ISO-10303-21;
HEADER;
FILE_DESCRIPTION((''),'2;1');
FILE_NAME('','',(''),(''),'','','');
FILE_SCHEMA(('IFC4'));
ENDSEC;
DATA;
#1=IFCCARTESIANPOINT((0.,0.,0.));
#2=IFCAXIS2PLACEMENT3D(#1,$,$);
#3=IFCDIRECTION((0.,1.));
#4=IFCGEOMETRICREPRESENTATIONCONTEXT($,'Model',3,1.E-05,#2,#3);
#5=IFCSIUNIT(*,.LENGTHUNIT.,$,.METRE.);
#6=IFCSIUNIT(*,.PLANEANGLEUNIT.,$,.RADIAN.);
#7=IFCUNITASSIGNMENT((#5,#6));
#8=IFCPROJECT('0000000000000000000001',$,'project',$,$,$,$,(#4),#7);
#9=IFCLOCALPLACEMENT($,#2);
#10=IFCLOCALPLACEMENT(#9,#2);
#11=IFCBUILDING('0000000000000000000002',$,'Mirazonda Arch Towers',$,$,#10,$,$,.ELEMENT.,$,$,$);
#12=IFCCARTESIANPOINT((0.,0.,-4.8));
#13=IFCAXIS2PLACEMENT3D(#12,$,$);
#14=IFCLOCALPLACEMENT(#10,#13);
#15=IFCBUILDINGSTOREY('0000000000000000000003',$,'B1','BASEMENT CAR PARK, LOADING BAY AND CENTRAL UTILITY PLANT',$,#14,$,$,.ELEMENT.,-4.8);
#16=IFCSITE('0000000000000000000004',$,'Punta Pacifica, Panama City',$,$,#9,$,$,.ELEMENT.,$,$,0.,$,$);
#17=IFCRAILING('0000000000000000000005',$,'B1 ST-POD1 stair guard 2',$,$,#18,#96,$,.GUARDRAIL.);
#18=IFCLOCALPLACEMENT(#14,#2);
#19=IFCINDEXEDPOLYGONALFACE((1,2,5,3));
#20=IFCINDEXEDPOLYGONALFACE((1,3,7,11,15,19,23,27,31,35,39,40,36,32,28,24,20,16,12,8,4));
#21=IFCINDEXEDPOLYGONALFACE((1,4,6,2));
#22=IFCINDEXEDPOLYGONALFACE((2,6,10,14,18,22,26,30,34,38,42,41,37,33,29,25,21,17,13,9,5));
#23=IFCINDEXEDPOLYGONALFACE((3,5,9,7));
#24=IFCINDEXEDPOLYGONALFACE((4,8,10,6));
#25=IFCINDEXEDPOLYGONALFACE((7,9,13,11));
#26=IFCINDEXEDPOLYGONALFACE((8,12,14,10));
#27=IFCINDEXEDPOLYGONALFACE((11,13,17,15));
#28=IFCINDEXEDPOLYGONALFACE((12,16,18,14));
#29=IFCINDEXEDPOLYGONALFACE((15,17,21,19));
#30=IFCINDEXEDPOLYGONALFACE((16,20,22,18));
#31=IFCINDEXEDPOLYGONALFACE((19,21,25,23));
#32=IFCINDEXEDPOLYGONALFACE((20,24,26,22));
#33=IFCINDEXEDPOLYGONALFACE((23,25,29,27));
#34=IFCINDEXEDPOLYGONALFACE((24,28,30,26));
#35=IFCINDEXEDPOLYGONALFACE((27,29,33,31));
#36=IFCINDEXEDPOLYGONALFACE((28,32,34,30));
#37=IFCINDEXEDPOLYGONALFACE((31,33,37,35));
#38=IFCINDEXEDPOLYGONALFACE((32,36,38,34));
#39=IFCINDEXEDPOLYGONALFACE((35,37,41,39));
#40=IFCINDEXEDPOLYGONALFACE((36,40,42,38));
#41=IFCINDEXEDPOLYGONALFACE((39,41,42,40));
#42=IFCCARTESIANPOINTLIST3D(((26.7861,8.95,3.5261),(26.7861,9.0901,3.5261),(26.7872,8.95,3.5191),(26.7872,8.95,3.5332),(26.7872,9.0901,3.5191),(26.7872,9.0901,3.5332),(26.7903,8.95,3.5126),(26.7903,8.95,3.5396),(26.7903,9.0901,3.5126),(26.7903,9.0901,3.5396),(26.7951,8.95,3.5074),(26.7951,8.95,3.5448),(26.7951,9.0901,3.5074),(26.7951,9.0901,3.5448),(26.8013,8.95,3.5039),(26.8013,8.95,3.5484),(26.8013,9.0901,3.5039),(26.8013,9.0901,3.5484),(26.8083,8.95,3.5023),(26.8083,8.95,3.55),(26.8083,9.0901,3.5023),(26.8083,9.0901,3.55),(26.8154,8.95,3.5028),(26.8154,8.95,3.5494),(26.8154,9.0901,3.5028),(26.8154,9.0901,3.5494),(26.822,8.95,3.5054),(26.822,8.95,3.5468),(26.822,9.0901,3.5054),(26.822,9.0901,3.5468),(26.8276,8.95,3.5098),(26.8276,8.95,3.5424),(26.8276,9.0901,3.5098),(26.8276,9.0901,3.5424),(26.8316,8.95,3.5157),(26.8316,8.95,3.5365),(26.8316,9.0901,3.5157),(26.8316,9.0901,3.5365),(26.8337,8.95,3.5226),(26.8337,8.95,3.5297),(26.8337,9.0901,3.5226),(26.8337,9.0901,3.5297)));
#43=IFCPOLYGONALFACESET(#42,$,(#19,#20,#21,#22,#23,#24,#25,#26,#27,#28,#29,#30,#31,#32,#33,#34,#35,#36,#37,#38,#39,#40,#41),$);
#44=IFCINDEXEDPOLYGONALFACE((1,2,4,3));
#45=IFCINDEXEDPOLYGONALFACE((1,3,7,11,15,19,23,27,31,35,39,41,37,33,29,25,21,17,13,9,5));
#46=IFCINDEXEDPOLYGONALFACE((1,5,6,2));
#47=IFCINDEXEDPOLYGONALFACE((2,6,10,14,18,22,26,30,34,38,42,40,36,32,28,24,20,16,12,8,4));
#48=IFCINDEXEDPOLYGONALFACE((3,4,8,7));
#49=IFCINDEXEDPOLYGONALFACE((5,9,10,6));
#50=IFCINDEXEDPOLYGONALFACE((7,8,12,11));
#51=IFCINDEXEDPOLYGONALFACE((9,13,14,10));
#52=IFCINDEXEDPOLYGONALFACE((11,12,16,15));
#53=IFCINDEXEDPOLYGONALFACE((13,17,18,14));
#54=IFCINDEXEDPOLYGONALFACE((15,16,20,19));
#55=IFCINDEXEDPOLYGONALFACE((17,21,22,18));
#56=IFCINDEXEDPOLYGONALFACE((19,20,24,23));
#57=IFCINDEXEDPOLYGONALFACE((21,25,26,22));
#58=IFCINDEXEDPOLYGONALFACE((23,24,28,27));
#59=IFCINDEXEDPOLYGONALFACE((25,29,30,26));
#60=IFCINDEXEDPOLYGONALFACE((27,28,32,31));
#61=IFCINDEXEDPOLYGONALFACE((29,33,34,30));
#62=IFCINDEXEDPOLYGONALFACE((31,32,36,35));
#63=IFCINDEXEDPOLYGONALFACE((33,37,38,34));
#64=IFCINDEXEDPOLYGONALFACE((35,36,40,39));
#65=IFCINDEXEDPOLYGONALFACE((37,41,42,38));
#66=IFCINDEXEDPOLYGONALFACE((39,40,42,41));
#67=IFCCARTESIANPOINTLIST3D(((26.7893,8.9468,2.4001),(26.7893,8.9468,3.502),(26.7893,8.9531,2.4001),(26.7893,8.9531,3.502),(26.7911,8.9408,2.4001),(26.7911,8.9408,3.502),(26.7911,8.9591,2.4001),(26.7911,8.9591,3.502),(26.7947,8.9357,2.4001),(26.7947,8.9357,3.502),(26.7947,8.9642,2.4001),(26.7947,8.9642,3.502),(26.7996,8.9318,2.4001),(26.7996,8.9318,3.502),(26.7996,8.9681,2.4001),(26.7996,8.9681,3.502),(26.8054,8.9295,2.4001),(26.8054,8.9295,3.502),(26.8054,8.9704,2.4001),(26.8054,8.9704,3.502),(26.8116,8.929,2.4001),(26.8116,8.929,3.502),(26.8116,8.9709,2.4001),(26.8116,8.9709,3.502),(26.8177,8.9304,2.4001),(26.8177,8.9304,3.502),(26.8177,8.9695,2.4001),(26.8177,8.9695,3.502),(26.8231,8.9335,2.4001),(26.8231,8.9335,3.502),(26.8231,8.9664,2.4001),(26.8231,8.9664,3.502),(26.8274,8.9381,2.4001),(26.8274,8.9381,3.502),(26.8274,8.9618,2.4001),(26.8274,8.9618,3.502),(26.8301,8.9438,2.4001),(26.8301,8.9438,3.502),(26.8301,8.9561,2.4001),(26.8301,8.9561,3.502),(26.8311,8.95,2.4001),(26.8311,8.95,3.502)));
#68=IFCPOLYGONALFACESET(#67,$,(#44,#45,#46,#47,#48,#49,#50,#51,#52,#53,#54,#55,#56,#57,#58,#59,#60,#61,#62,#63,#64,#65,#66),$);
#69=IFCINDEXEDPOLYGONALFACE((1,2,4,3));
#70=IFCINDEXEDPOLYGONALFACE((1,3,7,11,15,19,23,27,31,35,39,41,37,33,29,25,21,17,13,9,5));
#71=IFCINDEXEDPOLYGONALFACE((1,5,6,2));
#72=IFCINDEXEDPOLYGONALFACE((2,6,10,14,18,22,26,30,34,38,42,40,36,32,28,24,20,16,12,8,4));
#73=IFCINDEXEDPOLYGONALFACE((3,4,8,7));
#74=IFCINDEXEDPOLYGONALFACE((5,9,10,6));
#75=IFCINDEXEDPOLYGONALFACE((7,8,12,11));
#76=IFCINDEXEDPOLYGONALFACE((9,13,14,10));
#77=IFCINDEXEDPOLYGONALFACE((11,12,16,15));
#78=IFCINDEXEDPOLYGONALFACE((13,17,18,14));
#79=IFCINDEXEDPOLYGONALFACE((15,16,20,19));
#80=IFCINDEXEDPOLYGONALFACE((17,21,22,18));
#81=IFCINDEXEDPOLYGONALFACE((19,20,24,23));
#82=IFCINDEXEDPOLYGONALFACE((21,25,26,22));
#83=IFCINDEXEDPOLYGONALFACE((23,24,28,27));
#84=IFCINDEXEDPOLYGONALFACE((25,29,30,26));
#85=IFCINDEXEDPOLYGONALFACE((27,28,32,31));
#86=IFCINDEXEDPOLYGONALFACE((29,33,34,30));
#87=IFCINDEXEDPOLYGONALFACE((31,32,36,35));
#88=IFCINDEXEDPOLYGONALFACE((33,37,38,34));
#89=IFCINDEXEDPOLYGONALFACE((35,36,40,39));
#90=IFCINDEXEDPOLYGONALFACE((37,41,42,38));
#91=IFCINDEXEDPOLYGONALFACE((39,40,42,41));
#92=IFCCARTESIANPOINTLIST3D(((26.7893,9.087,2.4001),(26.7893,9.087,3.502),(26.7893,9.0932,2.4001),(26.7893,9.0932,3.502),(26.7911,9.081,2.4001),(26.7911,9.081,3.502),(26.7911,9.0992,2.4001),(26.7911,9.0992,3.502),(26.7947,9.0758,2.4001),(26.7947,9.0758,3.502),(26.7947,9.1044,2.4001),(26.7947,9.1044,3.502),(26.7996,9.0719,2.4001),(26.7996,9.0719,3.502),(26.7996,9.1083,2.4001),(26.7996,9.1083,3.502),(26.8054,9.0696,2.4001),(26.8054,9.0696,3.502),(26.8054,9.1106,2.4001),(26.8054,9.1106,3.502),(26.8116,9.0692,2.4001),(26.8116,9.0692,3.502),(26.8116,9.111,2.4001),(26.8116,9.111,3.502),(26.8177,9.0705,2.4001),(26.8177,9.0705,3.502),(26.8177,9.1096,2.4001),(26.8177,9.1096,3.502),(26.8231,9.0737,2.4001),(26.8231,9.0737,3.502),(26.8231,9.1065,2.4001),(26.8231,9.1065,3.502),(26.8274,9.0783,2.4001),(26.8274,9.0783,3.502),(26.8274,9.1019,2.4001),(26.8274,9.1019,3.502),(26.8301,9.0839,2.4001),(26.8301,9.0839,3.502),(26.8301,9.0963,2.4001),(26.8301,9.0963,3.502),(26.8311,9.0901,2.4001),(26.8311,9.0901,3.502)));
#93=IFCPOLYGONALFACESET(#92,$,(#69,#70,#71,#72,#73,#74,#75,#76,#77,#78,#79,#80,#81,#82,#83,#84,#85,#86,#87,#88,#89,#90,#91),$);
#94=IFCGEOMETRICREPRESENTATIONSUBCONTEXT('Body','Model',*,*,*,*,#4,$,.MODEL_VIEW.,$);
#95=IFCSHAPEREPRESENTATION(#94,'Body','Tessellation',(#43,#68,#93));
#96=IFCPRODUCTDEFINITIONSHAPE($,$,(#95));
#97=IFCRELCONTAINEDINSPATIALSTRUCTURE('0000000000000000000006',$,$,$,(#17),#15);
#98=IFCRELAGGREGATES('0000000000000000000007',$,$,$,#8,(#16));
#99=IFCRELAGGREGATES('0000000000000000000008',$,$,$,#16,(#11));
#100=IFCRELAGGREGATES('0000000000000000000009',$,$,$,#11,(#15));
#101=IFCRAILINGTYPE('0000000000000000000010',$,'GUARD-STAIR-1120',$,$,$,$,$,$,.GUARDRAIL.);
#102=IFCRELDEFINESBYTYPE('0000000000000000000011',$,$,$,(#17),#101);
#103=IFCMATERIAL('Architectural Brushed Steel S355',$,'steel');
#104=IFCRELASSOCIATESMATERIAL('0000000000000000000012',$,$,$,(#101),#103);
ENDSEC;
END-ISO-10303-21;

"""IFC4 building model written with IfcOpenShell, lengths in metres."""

from ifc_helpers import new_model, si_unit, direction, frame, origin, origin_2d, place, context, subcontext, project, spatial, circle, extrude, material, type_object, element, save


model = new_model("IFC4")

# Units and contexts
model_context = context("Model", 3, precision=1e-05, world=origin(), true_north=direction((0.0, 1.0)))
body_context = subcontext(model_context, "Body", "Model", "MODEL_VIEW")
ifc_project = project(units=[si_unit("LENGTHUNIT", "METRE"), si_unit("PLANEANGLEUNIT", "RADIAN")], contexts=[model_context])

# Site, building, storey
site_placement = place(None, origin())
site = spatial("IfcSite", under=ifc_project, at=site_placement, Name="Punta Pacifica, Panama City", CompositionType="ELEMENT", RefElevation=0.0)
building_placement = place(site_placement, origin())
building = spatial("IfcBuilding", under=site, at=building_placement, Name="Mirazonda Arch Towers", CompositionType="ELEMENT")
storey_placement = place(building_placement, frame((0.0, 0.0, -4.8)))
storey = spatial("IfcBuildingStorey", under=building, at=storey_placement, Name="B1", Description="BASEMENT CAR PARK, LOADING BAY AND CENTRAL UTILITY PLANT", CompositionType="ELEMENT", Elevation=-4.8)

# Railing
ifc_material_1 = material(Name="Architectural Brushed Steel S355", Category="steel")
railing_type_1 = type_object("IfcRailingType", Name="GUARD-STAIR-1120", PredefinedType="GUARDRAIL", material=ifc_material_1)
railing_1_placement = place(storey_placement, frame((26.8101, 8.95, 2.4001)))
element("IfcRailing", 1, at=railing_1_placement, inside=storey, type_object=railing_type_1, Name="B1 ST-POD1 stair guard 2", PredefinedType="GUARDRAIL", context=body_context, shape_type="SweptSolid", body=[
    extrude(circle(Radius=0.0239, at=origin_2d()), frame((0.0, 0.0, 1.126), z_axis=(0.0, 1.0, 0.0), x_axis=(-1.0, 0.0, 0.0)), (0.0, 0.0, 1.0), 0.1401),
    extrude(circle(Radius=0.021, at=origin_2d()), origin(), (0.0, 0.0, 1.0), 1.1018),
    extrude(circle(Radius=0.021, at=origin_2d()), frame((0.0, 0.1401, 0.0)), (0.0, 0.0, 1.0), 1.1018),
])

save(model, "model.ifc")
